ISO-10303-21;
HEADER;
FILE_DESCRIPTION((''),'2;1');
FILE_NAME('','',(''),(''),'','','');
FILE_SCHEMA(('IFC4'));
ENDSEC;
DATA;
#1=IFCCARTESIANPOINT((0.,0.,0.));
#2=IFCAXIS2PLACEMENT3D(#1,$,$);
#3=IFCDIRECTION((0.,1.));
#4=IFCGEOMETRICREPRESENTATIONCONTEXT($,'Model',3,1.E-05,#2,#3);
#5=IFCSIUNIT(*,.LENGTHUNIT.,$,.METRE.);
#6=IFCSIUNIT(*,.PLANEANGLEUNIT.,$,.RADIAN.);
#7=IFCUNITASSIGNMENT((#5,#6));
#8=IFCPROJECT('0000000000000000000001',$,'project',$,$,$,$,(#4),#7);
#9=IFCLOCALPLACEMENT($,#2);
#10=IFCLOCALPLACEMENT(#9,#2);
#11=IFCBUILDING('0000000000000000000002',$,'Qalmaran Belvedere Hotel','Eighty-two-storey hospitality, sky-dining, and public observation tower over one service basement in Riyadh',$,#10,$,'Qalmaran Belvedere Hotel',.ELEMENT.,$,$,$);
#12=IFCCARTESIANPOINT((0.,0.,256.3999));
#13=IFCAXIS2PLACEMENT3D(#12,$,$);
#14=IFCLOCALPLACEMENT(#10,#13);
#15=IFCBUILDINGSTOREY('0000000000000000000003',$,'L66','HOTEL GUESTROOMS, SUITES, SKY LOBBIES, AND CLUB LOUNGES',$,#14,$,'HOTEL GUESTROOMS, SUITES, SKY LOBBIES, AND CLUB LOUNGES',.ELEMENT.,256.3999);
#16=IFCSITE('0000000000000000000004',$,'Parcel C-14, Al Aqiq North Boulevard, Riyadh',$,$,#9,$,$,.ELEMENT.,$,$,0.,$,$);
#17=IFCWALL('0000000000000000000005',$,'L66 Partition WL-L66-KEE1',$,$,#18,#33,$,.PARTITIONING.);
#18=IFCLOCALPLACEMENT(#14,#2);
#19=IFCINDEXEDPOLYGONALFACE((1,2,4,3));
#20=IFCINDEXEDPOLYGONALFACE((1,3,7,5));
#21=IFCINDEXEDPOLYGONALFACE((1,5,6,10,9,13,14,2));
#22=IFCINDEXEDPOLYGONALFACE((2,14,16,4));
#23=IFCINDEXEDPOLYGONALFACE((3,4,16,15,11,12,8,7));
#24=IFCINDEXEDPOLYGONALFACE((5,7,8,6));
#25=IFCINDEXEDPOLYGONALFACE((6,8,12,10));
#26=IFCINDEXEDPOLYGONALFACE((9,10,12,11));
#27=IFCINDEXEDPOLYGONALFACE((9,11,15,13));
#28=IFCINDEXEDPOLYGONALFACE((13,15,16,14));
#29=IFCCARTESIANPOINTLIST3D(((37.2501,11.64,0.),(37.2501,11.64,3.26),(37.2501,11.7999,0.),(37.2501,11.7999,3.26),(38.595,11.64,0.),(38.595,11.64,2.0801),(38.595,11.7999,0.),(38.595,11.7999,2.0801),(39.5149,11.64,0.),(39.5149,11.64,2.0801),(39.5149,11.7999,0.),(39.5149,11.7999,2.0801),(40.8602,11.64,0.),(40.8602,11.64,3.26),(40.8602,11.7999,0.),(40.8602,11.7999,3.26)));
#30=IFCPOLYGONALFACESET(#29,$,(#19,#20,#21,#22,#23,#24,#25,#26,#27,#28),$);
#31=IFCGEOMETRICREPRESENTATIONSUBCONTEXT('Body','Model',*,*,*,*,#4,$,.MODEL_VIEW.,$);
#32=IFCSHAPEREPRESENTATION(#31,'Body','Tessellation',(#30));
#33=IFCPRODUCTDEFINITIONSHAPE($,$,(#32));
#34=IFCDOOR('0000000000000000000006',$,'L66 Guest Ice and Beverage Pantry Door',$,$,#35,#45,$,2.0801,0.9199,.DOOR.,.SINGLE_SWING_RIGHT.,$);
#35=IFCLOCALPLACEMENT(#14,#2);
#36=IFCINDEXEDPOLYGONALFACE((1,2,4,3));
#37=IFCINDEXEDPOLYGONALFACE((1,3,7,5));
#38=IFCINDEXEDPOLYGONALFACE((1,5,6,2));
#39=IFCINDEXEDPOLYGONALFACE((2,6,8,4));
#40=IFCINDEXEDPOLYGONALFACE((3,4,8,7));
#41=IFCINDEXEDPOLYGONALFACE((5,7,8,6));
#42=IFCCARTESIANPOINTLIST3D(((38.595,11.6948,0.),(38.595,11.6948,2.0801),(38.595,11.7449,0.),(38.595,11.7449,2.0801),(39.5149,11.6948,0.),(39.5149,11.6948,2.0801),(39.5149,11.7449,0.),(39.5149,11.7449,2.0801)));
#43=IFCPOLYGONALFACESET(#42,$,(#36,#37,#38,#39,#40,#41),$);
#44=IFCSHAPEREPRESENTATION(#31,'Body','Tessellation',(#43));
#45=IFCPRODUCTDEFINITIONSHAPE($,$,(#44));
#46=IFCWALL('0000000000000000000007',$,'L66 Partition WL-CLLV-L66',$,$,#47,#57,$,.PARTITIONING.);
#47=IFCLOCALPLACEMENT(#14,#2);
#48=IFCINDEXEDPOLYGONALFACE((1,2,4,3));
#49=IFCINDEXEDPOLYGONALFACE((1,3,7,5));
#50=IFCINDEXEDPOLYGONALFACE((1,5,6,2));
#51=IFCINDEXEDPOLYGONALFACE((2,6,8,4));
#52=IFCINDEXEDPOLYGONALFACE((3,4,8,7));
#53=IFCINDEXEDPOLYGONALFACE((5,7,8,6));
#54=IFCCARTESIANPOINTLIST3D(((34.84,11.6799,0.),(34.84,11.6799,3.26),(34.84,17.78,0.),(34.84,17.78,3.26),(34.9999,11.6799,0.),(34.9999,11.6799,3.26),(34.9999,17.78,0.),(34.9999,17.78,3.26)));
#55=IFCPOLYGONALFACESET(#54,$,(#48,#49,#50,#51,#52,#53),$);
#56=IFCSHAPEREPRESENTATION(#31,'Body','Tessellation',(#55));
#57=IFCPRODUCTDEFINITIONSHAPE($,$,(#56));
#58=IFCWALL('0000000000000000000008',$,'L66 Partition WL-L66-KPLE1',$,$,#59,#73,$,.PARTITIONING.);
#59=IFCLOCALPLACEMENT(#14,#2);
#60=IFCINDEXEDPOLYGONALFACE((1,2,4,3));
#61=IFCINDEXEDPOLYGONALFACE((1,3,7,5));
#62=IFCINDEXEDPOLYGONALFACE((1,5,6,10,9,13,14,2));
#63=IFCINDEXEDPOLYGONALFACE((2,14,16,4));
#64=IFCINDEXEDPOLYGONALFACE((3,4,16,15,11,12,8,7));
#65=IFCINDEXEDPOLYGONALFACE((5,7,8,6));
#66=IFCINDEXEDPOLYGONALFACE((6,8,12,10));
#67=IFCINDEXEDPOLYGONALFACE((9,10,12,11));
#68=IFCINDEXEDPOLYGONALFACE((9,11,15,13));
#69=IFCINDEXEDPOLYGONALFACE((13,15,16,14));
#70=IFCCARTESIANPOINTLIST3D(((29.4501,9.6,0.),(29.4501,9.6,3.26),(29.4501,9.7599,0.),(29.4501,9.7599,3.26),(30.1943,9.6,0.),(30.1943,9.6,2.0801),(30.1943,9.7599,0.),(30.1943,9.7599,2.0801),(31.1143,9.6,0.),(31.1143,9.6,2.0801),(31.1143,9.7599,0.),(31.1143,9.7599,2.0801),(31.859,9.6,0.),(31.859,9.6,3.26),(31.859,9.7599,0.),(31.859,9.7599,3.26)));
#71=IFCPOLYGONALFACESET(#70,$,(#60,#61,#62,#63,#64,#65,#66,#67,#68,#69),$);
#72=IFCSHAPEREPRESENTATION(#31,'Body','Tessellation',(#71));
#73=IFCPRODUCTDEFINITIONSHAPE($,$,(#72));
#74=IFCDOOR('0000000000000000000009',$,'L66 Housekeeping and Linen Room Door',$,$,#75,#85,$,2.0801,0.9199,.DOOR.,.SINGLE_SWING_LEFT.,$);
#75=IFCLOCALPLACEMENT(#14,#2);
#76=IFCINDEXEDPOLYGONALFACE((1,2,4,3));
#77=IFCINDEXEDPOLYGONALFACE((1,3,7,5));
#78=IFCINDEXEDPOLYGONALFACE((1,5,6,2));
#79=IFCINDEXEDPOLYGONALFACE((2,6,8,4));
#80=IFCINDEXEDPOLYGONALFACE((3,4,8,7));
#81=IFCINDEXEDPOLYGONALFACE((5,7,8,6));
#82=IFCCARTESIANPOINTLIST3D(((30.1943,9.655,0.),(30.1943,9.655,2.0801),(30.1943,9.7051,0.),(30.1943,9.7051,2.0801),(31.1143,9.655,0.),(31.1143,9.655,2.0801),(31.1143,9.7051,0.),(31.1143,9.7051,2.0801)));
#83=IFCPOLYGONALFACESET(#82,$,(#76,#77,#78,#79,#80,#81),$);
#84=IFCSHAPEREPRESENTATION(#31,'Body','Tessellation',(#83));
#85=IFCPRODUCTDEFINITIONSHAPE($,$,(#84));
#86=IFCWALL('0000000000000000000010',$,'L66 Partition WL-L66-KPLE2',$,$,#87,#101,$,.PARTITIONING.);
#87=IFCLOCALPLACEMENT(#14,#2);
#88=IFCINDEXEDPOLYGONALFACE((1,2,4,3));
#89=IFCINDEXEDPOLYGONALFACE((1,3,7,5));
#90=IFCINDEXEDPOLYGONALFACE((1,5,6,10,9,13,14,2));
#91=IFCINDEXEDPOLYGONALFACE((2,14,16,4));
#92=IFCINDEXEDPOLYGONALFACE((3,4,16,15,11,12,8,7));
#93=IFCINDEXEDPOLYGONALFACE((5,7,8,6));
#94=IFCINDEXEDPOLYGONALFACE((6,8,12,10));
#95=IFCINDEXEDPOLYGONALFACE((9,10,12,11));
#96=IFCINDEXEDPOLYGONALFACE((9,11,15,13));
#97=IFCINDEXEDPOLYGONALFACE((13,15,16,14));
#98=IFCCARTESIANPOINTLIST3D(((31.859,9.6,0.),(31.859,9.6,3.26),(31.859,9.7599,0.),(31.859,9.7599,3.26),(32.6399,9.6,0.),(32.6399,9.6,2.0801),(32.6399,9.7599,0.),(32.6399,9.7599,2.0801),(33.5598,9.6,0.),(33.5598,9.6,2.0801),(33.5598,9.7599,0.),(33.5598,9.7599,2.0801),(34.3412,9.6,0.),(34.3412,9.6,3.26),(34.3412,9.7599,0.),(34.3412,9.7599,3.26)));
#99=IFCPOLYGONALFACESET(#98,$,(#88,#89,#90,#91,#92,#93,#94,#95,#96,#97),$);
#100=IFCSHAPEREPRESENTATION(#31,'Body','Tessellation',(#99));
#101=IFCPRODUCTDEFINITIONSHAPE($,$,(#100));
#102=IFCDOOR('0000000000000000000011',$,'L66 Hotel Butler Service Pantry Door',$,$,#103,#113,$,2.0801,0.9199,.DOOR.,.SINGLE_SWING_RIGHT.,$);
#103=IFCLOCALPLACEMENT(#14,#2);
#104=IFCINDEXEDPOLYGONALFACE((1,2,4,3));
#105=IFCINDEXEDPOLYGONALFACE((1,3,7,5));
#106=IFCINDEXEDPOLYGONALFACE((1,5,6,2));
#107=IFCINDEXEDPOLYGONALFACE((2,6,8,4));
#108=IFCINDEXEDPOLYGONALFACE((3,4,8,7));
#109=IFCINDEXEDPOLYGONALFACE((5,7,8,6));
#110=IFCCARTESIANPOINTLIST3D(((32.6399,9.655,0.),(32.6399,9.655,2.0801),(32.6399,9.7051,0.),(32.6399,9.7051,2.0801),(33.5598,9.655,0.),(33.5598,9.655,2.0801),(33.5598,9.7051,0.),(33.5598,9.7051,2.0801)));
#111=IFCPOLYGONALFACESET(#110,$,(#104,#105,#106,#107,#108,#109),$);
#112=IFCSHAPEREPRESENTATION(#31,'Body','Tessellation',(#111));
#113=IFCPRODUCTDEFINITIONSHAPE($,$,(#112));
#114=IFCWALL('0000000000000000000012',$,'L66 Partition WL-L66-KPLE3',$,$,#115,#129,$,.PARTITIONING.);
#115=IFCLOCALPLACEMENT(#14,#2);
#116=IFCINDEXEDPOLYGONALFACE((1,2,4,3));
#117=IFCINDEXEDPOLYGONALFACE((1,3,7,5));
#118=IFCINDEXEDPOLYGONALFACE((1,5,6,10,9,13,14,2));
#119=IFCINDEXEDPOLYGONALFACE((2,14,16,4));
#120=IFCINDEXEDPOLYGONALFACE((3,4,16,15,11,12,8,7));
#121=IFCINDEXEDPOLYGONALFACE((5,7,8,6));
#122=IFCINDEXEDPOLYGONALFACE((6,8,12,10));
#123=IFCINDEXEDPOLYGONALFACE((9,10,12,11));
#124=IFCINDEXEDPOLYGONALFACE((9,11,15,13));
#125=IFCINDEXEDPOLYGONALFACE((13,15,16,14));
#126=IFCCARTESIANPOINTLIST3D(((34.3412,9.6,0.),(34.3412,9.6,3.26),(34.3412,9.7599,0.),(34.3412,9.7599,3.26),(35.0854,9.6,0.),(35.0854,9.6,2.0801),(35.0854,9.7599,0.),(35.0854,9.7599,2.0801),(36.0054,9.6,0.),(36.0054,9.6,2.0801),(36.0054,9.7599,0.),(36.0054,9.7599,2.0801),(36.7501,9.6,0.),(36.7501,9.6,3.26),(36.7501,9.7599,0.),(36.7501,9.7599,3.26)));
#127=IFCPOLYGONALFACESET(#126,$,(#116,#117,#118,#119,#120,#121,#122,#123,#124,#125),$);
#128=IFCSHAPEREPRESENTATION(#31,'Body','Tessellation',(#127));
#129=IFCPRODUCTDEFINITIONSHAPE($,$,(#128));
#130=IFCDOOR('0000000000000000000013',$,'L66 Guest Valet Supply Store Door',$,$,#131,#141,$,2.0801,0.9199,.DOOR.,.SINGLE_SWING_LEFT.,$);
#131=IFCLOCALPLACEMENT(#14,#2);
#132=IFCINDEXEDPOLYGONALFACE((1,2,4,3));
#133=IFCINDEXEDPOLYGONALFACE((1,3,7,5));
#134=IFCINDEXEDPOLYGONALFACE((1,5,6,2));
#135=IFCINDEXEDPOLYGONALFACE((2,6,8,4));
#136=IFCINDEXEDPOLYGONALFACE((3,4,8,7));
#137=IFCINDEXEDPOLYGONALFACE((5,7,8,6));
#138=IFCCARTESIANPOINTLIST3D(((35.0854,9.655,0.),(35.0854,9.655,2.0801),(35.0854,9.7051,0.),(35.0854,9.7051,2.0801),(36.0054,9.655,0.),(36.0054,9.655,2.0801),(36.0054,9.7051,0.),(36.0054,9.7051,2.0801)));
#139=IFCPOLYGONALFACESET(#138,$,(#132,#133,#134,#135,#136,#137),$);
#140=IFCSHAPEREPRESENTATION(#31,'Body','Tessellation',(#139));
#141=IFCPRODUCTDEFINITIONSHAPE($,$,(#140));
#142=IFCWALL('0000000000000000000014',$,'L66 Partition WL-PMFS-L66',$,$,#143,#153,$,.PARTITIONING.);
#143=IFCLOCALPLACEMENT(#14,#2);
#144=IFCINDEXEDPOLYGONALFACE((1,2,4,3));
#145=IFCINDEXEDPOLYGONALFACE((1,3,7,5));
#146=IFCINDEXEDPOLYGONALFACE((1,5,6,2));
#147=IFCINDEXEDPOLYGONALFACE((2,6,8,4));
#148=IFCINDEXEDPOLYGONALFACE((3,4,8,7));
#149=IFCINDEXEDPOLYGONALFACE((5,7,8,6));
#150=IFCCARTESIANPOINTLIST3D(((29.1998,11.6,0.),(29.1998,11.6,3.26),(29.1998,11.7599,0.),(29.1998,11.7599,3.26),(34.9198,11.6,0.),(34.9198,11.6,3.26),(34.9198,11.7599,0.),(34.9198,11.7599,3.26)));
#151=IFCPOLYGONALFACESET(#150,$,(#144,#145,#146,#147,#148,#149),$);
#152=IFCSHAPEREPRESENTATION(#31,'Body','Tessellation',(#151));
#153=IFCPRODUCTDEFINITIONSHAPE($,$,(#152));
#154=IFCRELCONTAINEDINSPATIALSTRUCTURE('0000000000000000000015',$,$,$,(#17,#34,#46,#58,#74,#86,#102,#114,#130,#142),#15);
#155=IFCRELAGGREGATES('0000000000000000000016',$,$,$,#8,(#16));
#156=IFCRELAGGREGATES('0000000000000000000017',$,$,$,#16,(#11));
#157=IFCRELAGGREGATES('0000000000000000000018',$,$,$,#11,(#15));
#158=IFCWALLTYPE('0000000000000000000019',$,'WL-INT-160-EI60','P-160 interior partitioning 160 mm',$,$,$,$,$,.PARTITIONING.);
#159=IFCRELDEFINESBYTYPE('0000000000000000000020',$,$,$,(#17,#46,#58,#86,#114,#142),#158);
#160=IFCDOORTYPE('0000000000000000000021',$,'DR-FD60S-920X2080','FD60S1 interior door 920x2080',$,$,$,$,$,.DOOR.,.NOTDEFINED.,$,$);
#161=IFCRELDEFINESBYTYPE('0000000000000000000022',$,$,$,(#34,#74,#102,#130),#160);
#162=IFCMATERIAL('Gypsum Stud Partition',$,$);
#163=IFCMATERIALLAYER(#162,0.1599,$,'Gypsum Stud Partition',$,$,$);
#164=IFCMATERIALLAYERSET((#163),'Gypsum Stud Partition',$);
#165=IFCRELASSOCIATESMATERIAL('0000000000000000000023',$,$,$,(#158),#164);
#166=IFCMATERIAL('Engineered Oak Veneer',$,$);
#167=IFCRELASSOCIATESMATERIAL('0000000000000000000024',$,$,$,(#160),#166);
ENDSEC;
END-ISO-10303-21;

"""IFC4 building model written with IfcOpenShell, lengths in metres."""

from ifc_helpers import new_model, si_unit, direction, frame, frame_2d, origin, place, context, subcontext, project, spatial, rectangle, extrude, material, layer, layer_set, type_object, element, fill, save


model = new_model("IFC4")

# Units and contexts
model_context = context("Model", 3, precision=1e-05, world=origin(), true_north=direction((0.0, 1.0)))
body_context = subcontext(model_context, "Body", "Model", "MODEL_VIEW")
ifc_project = project(units=[si_unit("LENGTHUNIT", "METRE"), si_unit("PLANEANGLEUNIT", "RADIAN")], contexts=[model_context])

# Site, building, storey
site_placement = place(None, origin())
site = spatial("IfcSite", under=ifc_project, at=site_placement, Name="Parcel C-14, Al Aqiq North Boulevard, Riyadh", CompositionType="ELEMENT", RefElevation=0.0)
building_placement = place(site_placement, origin())
building = spatial("IfcBuilding", under=site, at=building_placement, Name="Qalmaran Belvedere Hotel", Description="Eighty-two-storey hospitality, sky-dining, and public observation tower over one service basement in Riyadh", LongName="Qalmaran Belvedere Hotel", CompositionType="ELEMENT")
storey_placement = place(building_placement, frame((0.0, 0.0, 256.3999)))
storey = spatial("IfcBuildingStorey", under=building, at=storey_placement, Name="L66", Description="HOTEL GUESTROOMS, SUITES, SKY LOBBIES, AND CLUB LOUNGES", LongName="HOTEL GUESTROOMS, SUITES, SKY LOBBIES, AND CLUB LOUNGES", CompositionType="ELEMENT", Elevation=256.3999)

# Shared definitions
ifc_material_1 = material(Name="Gypsum Stud Partition")

# Wall, opening, door
ifc_layer_1 = layer(ifc_material_1, 0.1599, Name="Gypsum Stud Partition")
ifc_layer_set_1 = layer_set([ifc_layer_1], Name="Gypsum Stud Partition")
wall_type_1 = type_object("IfcWallType", Name="WL-INT-160-EI60", Description="P-160 interior partitioning 160 mm", PredefinedType="PARTITIONING", material=ifc_layer_set_1)
wall_1_placement = place(storey_placement, frame((37.25, 11.72, 0.0), z_axis=(0.0, 0.0, 1.0), x_axis=(1.0, 0.0, 0.0)))
wall_1 = element("IfcWall", 1, at=wall_1_placement, inside=storey, type_object=wall_type_1, Name="L66 Partition WL-L66-KEE1", PredefinedType="PARTITIONING", context=body_context, shape_type="SweptSolid", body=[
    extrude(rectangle(XDim=3.6101, YDim=0.1599, at=frame_2d((1.8052, 0.0))), origin(), (0.0, 0.0, 1.0), 3.26),
])
opening_1_placement = place(wall_1_placement, frame((1.345, 0.0, 0.0)))
opening_1 = element("IfcOpeningElement", 2, at=opening_1_placement, cuts=wall_1, PredefinedType="OPENING", context=body_context, shape_type="SweptSolid", body=[
    extrude(rectangle(XDim=0.9199, YDim=2.0801, at=frame_2d((0.46, 1.04))), frame((0.0, 0.0898, 0.0), z_axis=(0.0, -1.0, 0.0), x_axis=(1.0, 0.0, 0.0)), (0.0, 0.0, 1.0), 0.1799),
])
ifc_material_2 = material(Name="Engineered Oak Veneer")
door_type_1 = type_object("IfcDoorType", Name="DR-FD60S-920X2080", Description="FD60S1 interior door 920x2080", OperationType="NOTDEFINED", PredefinedType="DOOR", material=ifc_material_2)
door_1_placement = place(opening_1_placement, origin())
door_1 = element("IfcDoor", 3, at=door_1_placement, inside=storey, type_object=door_type_1, Name="L66 Guest Ice and Beverage Pantry Door", OperationType="SINGLE_SWING_RIGHT", OverallHeight=2.0801, OverallWidth=0.9199, PredefinedType="DOOR", context=body_context, shape_type="SweptSolid", body=[
    extrude(rectangle(XDim=0.9199, YDim=2.0801, at=frame_2d((0.46, 1.04))), frame((0.0, 0.0249, 0.0), z_axis=(0.0, -1.0, 0.0), x_axis=(1.0, 0.0, 0.0)), (0.0, 0.0, 1.0), 0.05),
])
fill(opening_1, door_1)

# Wall
wall_2_placement = place(storey_placement, frame((34.9199, 11.6799, 0.0), z_axis=(0.0, 0.0, 1.0), x_axis=(0.0, 1.0, 0.0)))
element("IfcWall", 4, at=wall_2_placement, inside=storey, type_object=wall_type_1, Name="L66 Partition WL-CLLV-L66", PredefinedType="PARTITIONING", context=body_context, shape_type="SweptSolid", body=[
    extrude(rectangle(XDim=6.1001, YDim=0.1599, at=frame_2d((3.05, 0.0))), origin(), (0.0, 0.0, 1.0), 3.26),
])

# Walls, openings, doors
wall_3_placement = place(storey_placement, frame((29.45, 9.6799, 0.0), z_axis=(0.0, 0.0, 1.0), x_axis=(1.0, 0.0, 0.0)))
wall_3 = element("IfcWall", 5, at=wall_3_placement, inside=storey, type_object=wall_type_1, Name="L66 Partition WL-L66-KPLE1", PredefinedType="PARTITIONING", context=body_context, shape_type="SweptSolid", body=[
    extrude(rectangle(XDim=2.4089, YDim=0.1599, at=frame_2d((1.2046, 0.0))), origin(), (0.0, 0.0, 1.0), 3.26),
])
opening_2_placement = place(wall_3_placement, frame((1.6643, 0.0, 0.0), z_axis=(0.0, 0.0, 1.0), x_axis=(-1.0, 0.0, 0.0)))
opening_2 = element("IfcOpeningElement", 6, at=opening_2_placement, cuts=wall_3, PredefinedType="OPENING", context=body_context, shape_type="SweptSolid", body=[
    extrude(rectangle(XDim=0.9199, YDim=2.0801, at=frame_2d((0.46, 1.04))), frame((0.0, 0.0898, 0.0), z_axis=(0.0, -1.0, 0.0), x_axis=(1.0, 0.0, 0.0)), (0.0, 0.0, 1.0), 0.1799),
])
door_2_placement = place(opening_2_placement, origin())
door_2 = element("IfcDoor", 7, at=door_2_placement, inside=storey, type_object=door_type_1, Name="L66 Housekeeping and Linen Room Door", OperationType="SINGLE_SWING_LEFT", OverallHeight=2.0801, OverallWidth=0.9199, PredefinedType="DOOR", context=body_context, shape_type="SweptSolid", body=[
    extrude(rectangle(XDim=0.9199, YDim=2.0801, at=frame_2d((0.46, 1.04))), frame((0.0, 0.0249, 0.0), z_axis=(0.0, -1.0, 0.0), x_axis=(1.0, 0.0, 0.0)), (0.0, 0.0, 1.0), 0.05),
])
fill(opening_2, door_2)
wall_4_placement = place(storey_placement, frame((31.8589, 9.6799, 0.0), z_axis=(0.0, 0.0, 1.0), x_axis=(1.0, 0.0, 0.0)))
wall_4 = element("IfcWall", 8, at=wall_4_placement, inside=storey, type_object=wall_type_1, Name="L66 Partition WL-L66-KPLE2", PredefinedType="PARTITIONING", context=body_context, shape_type="SweptSolid", body=[
    extrude(rectangle(XDim=2.4822, YDim=0.1599, at=frame_2d((1.2412, 0.0))), origin(), (0.0, 0.0, 1.0), 3.26),
])
opening_3_placement = place(wall_4_placement, frame((1.7009, 0.0, 0.0), z_axis=(0.0, 0.0, 1.0), x_axis=(-1.0, 0.0, 0.0)))
opening_3 = element("IfcOpeningElement", 9, at=opening_3_placement, cuts=wall_4, PredefinedType="OPENING", context=body_context, shape_type="SweptSolid", body=[
    extrude(rectangle(XDim=0.9199, YDim=2.0801, at=frame_2d((0.46, 1.04))), frame((0.0, 0.0898, 0.0), z_axis=(0.0, -1.0, 0.0), x_axis=(1.0, 0.0, 0.0)), (0.0, 0.0, 1.0), 0.1799),
])
door_3_placement = place(opening_3_placement, origin())
door_3 = element("IfcDoor", 10, at=door_3_placement, inside=storey, type_object=door_type_1, Name="L66 Hotel Butler Service Pantry Door", OperationType="SINGLE_SWING_RIGHT", OverallHeight=2.0801, OverallWidth=0.9199, PredefinedType="DOOR", context=body_context, shape_type="SweptSolid", body=[
    extrude(rectangle(XDim=0.9199, YDim=2.0801, at=frame_2d((0.46, 1.04))), frame((0.0, 0.0249, 0.0), z_axis=(0.0, -1.0, 0.0), x_axis=(1.0, 0.0, 0.0)), (0.0, 0.0, 1.0), 0.05),
])
fill(opening_3, door_3)
wall_5_placement = place(storey_placement, frame((34.3411, 9.6799, 0.0), z_axis=(0.0, 0.0, 1.0), x_axis=(1.0, 0.0, 0.0)))
wall_5 = element("IfcWall", 11, at=wall_5_placement, inside=storey, type_object=wall_type_1, Name="L66 Partition WL-L66-KPLE3", PredefinedType="PARTITIONING", context=body_context, shape_type="SweptSolid", body=[
    extrude(rectangle(XDim=2.4089, YDim=0.1599, at=frame_2d((1.2046, 0.0))), origin(), (0.0, 0.0, 1.0), 3.26),
])
opening_4_placement = place(wall_5_placement, frame((1.6643, 0.0, 0.0), z_axis=(0.0, 0.0, 1.0), x_axis=(-1.0, 0.0, 0.0)))
opening_4 = element("IfcOpeningElement", 12, at=opening_4_placement, cuts=wall_5, PredefinedType="OPENING", context=body_context, shape_type="SweptSolid", body=[
    extrude(rectangle(XDim=0.9199, YDim=2.0801, at=frame_2d((0.46, 1.04))), frame((0.0, 0.0898, 0.0), z_axis=(0.0, -1.0, 0.0), x_axis=(1.0, 0.0, 0.0)), (0.0, 0.0, 1.0), 0.1799),
])
door_4_placement = place(opening_4_placement, origin())
door_4 = element("IfcDoor", 13, at=door_4_placement, inside=storey, type_object=door_type_1, Name="L66 Guest Valet Supply Store Door", OperationType="SINGLE_SWING_LEFT", OverallHeight=2.0801, OverallWidth=0.9199, PredefinedType="DOOR", context=body_context, shape_type="SweptSolid", body=[
    extrude(rectangle(XDim=0.9199, YDim=2.0801, at=frame_2d((0.46, 1.04))), frame((0.0, 0.0249, 0.0), z_axis=(0.0, -1.0, 0.0), x_axis=(1.0, 0.0, 0.0)), (0.0, 0.0, 1.0), 0.05),
])
fill(opening_4, door_4)

# Wall
wall_6_placement = place(storey_placement, frame((29.2, 11.6799, 0.0), z_axis=(0.0, 0.0, 1.0), x_axis=(1.0, 0.0, 0.0)))
element("IfcWall", 14, at=wall_6_placement, inside=storey, type_object=wall_type_1, Name="L66 Partition WL-PMFS-L66", PredefinedType="PARTITIONING", context=body_context, shape_type="SweptSolid", body=[
    extrude(rectangle(XDim=5.72, YDim=0.1599, at=frame_2d((2.8599, 0.0))), origin(), (0.0, 0.0, 1.0), 3.26),
])

save(model, "model.ifc")
